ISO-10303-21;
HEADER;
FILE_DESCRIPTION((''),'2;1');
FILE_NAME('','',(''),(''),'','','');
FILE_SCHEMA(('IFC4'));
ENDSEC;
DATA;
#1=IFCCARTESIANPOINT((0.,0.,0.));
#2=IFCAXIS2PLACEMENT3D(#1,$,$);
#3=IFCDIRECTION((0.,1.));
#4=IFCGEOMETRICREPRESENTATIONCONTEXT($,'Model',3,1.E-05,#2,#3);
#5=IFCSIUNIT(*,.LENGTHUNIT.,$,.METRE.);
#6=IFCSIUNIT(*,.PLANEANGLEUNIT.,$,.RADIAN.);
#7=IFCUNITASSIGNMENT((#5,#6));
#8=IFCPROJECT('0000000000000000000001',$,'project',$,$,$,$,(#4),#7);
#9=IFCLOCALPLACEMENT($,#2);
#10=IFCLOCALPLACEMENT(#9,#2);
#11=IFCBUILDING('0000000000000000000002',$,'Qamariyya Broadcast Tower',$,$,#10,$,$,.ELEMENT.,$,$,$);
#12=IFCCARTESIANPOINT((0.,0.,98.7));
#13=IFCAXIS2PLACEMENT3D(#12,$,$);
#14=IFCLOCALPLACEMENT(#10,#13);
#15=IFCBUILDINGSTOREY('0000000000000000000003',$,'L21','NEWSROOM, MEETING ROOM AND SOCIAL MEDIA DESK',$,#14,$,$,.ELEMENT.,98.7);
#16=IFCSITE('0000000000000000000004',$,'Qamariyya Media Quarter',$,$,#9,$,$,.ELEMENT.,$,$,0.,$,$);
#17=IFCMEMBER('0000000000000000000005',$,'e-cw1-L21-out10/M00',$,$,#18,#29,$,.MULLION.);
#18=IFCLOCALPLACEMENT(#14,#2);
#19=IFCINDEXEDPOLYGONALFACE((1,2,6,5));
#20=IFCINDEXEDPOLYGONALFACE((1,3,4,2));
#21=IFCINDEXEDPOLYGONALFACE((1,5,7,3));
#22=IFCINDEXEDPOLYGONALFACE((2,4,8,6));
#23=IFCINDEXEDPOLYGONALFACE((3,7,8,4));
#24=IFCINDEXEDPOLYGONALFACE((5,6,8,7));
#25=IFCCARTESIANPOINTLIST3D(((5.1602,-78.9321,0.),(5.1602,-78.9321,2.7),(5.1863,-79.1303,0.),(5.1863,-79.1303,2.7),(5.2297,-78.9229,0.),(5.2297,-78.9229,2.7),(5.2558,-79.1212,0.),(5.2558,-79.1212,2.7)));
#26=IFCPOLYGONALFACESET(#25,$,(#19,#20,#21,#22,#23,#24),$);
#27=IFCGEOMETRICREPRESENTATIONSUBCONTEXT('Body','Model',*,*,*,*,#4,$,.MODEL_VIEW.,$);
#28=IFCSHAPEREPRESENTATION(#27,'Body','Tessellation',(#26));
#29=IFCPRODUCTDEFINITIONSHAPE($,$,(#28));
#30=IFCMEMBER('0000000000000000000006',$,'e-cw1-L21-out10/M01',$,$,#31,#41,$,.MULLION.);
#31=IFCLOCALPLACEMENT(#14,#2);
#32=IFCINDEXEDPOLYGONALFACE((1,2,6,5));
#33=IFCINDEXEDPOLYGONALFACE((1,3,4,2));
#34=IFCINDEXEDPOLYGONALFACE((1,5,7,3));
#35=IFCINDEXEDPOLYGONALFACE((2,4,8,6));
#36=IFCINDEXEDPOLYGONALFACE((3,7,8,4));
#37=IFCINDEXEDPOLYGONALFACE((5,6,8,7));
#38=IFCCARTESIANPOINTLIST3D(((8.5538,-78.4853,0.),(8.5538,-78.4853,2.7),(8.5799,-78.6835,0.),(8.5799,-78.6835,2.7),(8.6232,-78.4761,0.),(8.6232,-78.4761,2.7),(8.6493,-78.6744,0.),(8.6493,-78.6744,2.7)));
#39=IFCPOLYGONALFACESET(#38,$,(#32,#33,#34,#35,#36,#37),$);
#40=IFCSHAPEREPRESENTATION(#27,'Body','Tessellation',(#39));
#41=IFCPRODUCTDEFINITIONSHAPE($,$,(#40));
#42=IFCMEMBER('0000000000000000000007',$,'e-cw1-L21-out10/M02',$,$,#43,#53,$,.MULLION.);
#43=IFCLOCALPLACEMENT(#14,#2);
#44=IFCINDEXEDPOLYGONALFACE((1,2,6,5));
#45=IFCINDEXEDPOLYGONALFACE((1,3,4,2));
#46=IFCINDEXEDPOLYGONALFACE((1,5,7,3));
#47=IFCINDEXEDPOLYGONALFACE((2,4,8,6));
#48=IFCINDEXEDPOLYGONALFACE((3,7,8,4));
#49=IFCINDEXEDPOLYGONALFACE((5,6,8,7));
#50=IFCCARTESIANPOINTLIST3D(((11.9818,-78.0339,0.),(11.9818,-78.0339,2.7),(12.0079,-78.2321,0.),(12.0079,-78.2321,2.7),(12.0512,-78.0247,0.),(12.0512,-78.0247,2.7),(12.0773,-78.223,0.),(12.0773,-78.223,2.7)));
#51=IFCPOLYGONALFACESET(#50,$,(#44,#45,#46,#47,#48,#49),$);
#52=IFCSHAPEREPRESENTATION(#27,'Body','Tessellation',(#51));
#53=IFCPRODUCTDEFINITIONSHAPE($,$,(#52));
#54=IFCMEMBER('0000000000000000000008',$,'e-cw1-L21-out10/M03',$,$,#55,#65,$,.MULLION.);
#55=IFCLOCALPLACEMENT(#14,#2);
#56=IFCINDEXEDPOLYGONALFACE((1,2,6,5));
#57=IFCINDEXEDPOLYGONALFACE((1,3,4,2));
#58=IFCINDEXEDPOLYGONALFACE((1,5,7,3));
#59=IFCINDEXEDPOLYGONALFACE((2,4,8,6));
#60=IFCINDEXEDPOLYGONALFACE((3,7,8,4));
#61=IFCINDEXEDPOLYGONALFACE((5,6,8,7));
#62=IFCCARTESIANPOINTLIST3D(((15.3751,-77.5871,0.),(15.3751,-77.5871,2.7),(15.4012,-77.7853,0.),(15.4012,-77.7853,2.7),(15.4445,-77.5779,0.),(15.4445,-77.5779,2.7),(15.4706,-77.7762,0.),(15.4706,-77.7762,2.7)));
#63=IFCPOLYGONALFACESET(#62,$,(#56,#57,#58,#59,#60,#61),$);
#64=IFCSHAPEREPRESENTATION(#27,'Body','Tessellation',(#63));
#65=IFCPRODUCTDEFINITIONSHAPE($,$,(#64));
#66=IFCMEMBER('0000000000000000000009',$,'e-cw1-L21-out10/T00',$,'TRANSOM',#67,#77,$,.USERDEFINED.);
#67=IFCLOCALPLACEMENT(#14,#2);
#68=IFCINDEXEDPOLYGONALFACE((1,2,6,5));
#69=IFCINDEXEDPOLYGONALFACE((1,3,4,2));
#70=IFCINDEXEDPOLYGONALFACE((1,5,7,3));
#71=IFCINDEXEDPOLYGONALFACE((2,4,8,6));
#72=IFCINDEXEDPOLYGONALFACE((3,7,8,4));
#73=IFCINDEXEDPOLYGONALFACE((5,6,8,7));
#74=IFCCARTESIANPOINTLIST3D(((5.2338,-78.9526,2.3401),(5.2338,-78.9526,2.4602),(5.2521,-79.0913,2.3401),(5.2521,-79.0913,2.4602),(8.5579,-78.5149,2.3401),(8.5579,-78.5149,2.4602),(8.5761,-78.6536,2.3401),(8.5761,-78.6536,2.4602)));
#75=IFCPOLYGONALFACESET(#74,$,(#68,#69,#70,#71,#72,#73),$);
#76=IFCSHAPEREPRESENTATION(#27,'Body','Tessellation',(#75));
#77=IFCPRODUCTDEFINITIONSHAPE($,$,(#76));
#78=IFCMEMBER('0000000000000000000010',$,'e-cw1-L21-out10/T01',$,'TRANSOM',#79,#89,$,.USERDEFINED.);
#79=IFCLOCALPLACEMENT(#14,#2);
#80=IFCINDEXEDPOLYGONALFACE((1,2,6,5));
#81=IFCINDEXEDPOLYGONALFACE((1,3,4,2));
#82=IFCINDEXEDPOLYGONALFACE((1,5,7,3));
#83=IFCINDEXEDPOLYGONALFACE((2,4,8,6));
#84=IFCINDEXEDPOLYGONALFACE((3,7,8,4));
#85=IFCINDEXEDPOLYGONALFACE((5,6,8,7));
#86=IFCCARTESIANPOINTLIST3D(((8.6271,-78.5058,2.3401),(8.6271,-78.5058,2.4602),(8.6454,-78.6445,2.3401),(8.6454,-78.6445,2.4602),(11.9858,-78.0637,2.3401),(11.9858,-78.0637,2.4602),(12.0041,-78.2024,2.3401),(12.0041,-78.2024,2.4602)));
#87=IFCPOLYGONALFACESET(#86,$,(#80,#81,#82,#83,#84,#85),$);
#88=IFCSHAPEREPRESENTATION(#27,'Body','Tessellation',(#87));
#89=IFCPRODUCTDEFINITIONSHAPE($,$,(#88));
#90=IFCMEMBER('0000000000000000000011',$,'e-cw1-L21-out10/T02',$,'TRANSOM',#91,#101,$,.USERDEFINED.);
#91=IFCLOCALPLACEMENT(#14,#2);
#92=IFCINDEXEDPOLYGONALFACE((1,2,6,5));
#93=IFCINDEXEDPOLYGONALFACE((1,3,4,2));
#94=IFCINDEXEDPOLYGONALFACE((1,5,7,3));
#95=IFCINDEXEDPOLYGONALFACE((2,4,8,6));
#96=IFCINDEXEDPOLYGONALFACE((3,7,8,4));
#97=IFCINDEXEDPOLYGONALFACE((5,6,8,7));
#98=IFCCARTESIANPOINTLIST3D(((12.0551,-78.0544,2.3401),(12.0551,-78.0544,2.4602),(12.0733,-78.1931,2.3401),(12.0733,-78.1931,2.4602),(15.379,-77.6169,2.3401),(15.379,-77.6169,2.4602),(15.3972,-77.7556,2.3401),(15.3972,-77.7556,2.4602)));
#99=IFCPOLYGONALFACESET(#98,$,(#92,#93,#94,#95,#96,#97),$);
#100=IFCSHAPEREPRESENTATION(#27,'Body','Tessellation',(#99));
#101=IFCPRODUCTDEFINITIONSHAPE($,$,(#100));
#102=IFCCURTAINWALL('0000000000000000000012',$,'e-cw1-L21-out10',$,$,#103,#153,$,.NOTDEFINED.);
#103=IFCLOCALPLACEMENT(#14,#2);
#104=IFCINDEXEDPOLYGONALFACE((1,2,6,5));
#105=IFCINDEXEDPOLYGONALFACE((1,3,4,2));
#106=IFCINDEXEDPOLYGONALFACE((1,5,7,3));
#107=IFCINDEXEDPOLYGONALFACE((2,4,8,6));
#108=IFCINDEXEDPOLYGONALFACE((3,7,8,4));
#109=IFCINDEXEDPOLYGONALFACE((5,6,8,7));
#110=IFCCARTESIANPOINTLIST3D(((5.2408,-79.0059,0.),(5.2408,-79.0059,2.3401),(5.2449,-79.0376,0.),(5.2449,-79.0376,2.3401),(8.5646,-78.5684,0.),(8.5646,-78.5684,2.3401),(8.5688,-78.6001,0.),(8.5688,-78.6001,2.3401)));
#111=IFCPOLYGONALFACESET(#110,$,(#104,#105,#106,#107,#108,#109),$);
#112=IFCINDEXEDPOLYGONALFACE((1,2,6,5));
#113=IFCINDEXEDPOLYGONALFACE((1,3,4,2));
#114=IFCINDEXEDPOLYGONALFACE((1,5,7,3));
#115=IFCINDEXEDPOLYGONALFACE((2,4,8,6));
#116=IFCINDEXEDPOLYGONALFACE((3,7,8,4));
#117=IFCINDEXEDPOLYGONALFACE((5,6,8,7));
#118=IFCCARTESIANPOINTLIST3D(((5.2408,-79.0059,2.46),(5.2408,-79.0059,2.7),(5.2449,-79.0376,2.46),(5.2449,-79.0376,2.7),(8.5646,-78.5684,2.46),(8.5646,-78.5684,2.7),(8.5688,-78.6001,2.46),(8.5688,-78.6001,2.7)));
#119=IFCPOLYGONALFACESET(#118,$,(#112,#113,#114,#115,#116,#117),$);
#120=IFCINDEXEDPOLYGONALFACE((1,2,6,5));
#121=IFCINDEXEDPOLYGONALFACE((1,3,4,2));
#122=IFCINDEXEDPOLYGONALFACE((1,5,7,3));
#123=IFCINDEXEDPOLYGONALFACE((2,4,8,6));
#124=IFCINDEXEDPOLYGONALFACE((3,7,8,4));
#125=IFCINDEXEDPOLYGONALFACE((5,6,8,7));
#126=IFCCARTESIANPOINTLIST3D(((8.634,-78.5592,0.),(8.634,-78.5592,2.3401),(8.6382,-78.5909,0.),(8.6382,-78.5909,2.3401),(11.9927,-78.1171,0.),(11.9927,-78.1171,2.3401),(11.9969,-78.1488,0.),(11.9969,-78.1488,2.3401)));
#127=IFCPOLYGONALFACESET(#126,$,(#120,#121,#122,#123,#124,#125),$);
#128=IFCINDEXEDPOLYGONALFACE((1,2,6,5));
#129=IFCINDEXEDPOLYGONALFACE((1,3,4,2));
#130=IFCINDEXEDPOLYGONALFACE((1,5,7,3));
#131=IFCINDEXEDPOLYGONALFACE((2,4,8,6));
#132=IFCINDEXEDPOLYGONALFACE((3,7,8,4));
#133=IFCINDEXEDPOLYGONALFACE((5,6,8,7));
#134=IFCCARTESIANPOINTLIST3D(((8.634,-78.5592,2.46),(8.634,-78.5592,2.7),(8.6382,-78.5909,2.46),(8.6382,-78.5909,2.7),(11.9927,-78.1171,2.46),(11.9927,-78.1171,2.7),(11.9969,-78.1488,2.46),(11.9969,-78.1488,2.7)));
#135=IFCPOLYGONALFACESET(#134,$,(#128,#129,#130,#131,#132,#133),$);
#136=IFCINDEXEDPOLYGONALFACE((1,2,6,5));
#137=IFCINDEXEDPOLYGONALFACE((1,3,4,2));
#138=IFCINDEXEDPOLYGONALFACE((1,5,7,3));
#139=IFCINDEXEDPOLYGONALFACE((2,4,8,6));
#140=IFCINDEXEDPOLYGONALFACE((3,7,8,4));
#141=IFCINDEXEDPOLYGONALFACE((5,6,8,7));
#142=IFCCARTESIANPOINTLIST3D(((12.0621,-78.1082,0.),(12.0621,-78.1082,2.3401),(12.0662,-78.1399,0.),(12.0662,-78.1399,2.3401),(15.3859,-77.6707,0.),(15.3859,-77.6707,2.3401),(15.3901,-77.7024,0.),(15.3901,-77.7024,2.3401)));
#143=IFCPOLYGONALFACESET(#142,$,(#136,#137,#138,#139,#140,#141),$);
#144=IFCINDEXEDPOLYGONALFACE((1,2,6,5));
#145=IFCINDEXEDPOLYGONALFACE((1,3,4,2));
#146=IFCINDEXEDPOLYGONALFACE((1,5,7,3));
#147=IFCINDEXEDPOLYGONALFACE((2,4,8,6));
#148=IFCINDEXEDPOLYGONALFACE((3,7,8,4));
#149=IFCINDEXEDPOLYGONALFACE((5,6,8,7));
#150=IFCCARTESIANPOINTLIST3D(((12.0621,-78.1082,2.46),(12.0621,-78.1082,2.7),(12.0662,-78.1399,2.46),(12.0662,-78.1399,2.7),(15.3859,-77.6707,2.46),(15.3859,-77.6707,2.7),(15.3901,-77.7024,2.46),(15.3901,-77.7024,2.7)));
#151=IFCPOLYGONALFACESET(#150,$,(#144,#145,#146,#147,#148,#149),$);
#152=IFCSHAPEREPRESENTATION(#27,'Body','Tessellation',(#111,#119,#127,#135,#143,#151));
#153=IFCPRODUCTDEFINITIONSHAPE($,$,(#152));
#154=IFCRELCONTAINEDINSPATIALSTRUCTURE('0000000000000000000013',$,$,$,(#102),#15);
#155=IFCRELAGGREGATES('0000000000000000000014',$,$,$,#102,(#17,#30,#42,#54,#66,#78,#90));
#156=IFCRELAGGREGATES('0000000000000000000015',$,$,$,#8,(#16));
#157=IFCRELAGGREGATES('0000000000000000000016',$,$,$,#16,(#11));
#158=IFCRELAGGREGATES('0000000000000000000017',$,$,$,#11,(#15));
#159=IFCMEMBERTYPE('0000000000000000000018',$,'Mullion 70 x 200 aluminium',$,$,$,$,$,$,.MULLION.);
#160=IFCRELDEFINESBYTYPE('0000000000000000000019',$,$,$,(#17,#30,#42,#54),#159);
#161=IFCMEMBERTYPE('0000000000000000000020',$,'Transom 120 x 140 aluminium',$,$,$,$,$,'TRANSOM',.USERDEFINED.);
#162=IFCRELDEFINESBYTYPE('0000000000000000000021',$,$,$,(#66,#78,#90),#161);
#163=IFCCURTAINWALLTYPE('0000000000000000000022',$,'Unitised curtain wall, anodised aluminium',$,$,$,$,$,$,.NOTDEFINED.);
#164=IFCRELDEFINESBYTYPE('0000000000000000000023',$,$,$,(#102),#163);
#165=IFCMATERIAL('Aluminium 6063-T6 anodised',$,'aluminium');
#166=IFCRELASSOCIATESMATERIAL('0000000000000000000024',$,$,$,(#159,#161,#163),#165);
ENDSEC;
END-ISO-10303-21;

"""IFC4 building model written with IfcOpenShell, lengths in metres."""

from ifc_helpers import new_model, si_unit, direction, frame, origin, origin_2d, place, context, subcontext, project, spatial, rectangle, extrude, material, material_profile, profile_set, type_object, element, aggregate, save


model = new_model("IFC4")

# Units and contexts
model_context = context("Model", 3, precision=1e-05, world=origin(), true_north=direction((0.0, 1.0)))
body_context = subcontext(model_context, "Body", "Model", "MODEL_VIEW")
ifc_project = project(units=[si_unit("LENGTHUNIT", "METRE"), si_unit("PLANEANGLEUNIT", "RADIAN")], contexts=[model_context])

# Members
ifc_material = material(Name="Aluminium 6063-T6 anodised", Category="aluminium")
ifc_material_profile_1 = material_profile(ifc_material, rectangle(XDim=0.2, YDim=0.0701, at=origin_2d()))
ifc_profile_set_1 = profile_set([ifc_material_profile_1], Name="Aluminium 6063-T6 anodised")
member_type_1 = type_object("IfcMemberType", Name="Mullion 70 x 200 aluminium", PredefinedType="MULLION", material=ifc_profile_set_1)
site_placement = place(None, origin())
building_placement = place(site_placement, origin())
storey_placement = place(building_placement, frame((0.0, 0.0, 98.7)))
member_1_placement = place(storey_placement, frame((5.208, -79.0266, 0.0), z_axis=(0.0, 0.0, 1.0), x_axis=(-0.130526, 0.991445, 0.0)))
member_1 = element("IfcMember", 1, at=member_1_placement, type_object=member_type_1, Name="e-cw1-L21-out10/M00", PredefinedType="MULLION", context=body_context, shape_type="SweptSolid", body=[
    extrude(rectangle(XDim=0.2, YDim=0.0701, at=origin_2d()), origin(), (0.0, 0.0, 1.0), 2.7),
])
member_2_placement = place(storey_placement, frame((8.6016, -78.5798, 0.0), z_axis=(0.0, 0.0, 1.0), x_axis=(-0.130526, 0.991445, 0.0)))
member_2 = element("IfcMember", 2, at=member_2_placement, type_object=member_type_1, Name="e-cw1-L21-out10/M01", PredefinedType="MULLION", context=body_context, shape_type="SweptSolid", body=[
    extrude(rectangle(XDim=0.2, YDim=0.0701, at=origin_2d()), origin(), (0.0, 0.0, 1.0), 2.7),
])
member_3_placement = place(storey_placement, frame((12.0295, -78.1284, 0.0), z_axis=(0.0, 0.0, 1.0), x_axis=(-0.130526, 0.991445, 0.0)))
member_3 = element("IfcMember", 3, at=member_3_placement, type_object=member_type_1, Name="e-cw1-L21-out10/M02", PredefinedType="MULLION", context=body_context, shape_type="SweptSolid", body=[
    extrude(rectangle(XDim=0.2, YDim=0.0701, at=origin_2d()), origin(), (0.0, 0.0, 1.0), 2.7),
])
member_4_placement = place(storey_placement, frame((15.4229, -77.6816, 0.0), z_axis=(0.0, 0.0, 1.0), x_axis=(-0.130526, 0.991445, 0.0)))
member_4 = element("IfcMember", 4, at=member_4_placement, type_object=member_type_1, Name="e-cw1-L21-out10/M03", PredefinedType="MULLION", context=body_context, shape_type="SweptSolid", body=[
    extrude(rectangle(XDim=0.2, YDim=0.0701, at=origin_2d()), origin(), (0.0, 0.0, 1.0), 2.7),
])
ifc_material_profile_2 = material_profile(ifc_material, rectangle(XDim=0.1399, YDim=0.1201, at=origin_2d()))
ifc_profile_set_2 = profile_set([ifc_material_profile_2], Name="Aluminium 6063-T6 anodised")
member_type_2 = type_object("IfcMemberType", Name="Transom 120 x 140 aluminium", ElementType="TRANSOM", PredefinedType="USERDEFINED", material=ifc_profile_set_2)
member_5_placement = place(storey_placement, frame((5.2429, -79.022, 2.4001), z_axis=(0.99144, 0.130566, 0.0), x_axis=(-0.130566, 0.99144, 0.0)))
member_5 = element("IfcMember", 5, at=member_5_placement, type_object=member_type_2, Name="e-cw1-L21-out10/T00", ObjectType="TRANSOM", PredefinedType="USERDEFINED", context=body_context, shape_type="SweptSolid", body=[
    extrude(rectangle(XDim=0.1399, YDim=0.1201, at=origin_2d()), origin(), (0.0, 0.0, 1.0), 3.3528),
])
member_6_placement = place(storey_placement, frame((8.6362, -78.5752, 2.4001), z_axis=(0.991446, 0.130516, 0.0), x_axis=(-0.130516, 0.991446, 0.0)))
member_6 = element("IfcMember", 6, at=member_6_placement, type_object=member_type_2, Name="e-cw1-L21-out10/T01", ObjectType="TRANSOM", PredefinedType="USERDEFINED", context=body_context, shape_type="SweptSolid", body=[
    extrude(rectangle(XDim=0.1399, YDim=0.1201, at=origin_2d()), origin(), (0.0, 0.0, 1.0), 3.3877),
])
member_7_placement = place(storey_placement, frame((12.0642, -78.1238, 2.4001), z_axis=(0.991449, 0.130494, 0.0), x_axis=(-0.130494, 0.991449, 0.0)))
member_7 = element("IfcMember", 7, at=member_7_placement, type_object=member_type_2, Name="e-cw1-L21-out10/T02", ObjectType="TRANSOM", PredefinedType="USERDEFINED", context=body_context, shape_type="SweptSolid", body=[
    extrude(rectangle(XDim=0.1399, YDim=0.1201, at=origin_2d()), origin(), (0.0, 0.0, 1.0), 3.3525),
])

# Site, building, storey
site = spatial("IfcSite", under=ifc_project, at=site_placement, Name="Qamariyya Media Quarter", CompositionType="ELEMENT", RefElevation=0.0)
building = spatial("IfcBuilding", under=site, at=building_placement, Name="Qamariyya Broadcast Tower", CompositionType="ELEMENT")
storey = spatial("IfcBuildingStorey", under=building, at=storey_placement, Name="L21", Description="NEWSROOM, MEETING ROOM AND SOCIAL MEDIA DESK", CompositionType="ELEMENT", Elevation=98.7)

# Curtain wall
curtain_wall_type = type_object("IfcCurtainWallType", Name="Unitised curtain wall, anodised aluminium", PredefinedType="NOTDEFINED", material=ifc_material)
curtain_wall_1_placement = place(storey_placement, origin())
curtain_wall_1 = element("IfcCurtainWall", 8, at=curtain_wall_1_placement, inside=storey, type_object=curtain_wall_type, Name="e-cw1-L21-out10", PredefinedType="NOTDEFINED", context=body_context, shape_type="SweptSolid", body=[
    extrude(rectangle(XDim=3.3525, YDim=0.032, at=origin_2d()), frame((6.9048, -78.803, 0.0), x_axis=(0.991447, 0.130509, 0.0)), (0.0, 0.0, 1.0), 2.3401),
    extrude(rectangle(XDim=3.3525, YDim=0.032, at=origin_2d()), frame((6.9048, -78.803, 2.46), x_axis=(0.991447, 0.130509, 0.0)), (0.0, 0.0, 1.0), 0.24),
    extrude(rectangle(XDim=3.3877, YDim=0.032, at=origin_2d()), frame((10.3154, -78.354, 0.0), x_axis=(0.991447, 0.130509, 0.0)), (0.0, 0.0, 1.0), 2.3401),
    extrude(rectangle(XDim=3.3877, YDim=0.032, at=origin_2d()), frame((10.3154, -78.354, 2.46), x_axis=(0.991447, 0.130509, 0.0)), (0.0, 0.0, 1.0), 0.24),
    extrude(rectangle(XDim=3.3525, YDim=0.032, at=origin_2d()), frame((13.7261, -77.9053, 0.0), x_axis=(0.991447, 0.130509, 0.0)), (0.0, 0.0, 1.0), 2.3401),
    extrude(rectangle(XDim=3.3525, YDim=0.032, at=origin_2d()), frame((13.7261, -77.9053, 2.46), x_axis=(0.991447, 0.130509, 0.0)), (0.0, 0.0, 1.0), 0.24),
])
aggregate(curtain_wall_1, [member_1, member_2, member_3, member_4, member_5, member_6, member_7])

save(model, "model.ifc")
